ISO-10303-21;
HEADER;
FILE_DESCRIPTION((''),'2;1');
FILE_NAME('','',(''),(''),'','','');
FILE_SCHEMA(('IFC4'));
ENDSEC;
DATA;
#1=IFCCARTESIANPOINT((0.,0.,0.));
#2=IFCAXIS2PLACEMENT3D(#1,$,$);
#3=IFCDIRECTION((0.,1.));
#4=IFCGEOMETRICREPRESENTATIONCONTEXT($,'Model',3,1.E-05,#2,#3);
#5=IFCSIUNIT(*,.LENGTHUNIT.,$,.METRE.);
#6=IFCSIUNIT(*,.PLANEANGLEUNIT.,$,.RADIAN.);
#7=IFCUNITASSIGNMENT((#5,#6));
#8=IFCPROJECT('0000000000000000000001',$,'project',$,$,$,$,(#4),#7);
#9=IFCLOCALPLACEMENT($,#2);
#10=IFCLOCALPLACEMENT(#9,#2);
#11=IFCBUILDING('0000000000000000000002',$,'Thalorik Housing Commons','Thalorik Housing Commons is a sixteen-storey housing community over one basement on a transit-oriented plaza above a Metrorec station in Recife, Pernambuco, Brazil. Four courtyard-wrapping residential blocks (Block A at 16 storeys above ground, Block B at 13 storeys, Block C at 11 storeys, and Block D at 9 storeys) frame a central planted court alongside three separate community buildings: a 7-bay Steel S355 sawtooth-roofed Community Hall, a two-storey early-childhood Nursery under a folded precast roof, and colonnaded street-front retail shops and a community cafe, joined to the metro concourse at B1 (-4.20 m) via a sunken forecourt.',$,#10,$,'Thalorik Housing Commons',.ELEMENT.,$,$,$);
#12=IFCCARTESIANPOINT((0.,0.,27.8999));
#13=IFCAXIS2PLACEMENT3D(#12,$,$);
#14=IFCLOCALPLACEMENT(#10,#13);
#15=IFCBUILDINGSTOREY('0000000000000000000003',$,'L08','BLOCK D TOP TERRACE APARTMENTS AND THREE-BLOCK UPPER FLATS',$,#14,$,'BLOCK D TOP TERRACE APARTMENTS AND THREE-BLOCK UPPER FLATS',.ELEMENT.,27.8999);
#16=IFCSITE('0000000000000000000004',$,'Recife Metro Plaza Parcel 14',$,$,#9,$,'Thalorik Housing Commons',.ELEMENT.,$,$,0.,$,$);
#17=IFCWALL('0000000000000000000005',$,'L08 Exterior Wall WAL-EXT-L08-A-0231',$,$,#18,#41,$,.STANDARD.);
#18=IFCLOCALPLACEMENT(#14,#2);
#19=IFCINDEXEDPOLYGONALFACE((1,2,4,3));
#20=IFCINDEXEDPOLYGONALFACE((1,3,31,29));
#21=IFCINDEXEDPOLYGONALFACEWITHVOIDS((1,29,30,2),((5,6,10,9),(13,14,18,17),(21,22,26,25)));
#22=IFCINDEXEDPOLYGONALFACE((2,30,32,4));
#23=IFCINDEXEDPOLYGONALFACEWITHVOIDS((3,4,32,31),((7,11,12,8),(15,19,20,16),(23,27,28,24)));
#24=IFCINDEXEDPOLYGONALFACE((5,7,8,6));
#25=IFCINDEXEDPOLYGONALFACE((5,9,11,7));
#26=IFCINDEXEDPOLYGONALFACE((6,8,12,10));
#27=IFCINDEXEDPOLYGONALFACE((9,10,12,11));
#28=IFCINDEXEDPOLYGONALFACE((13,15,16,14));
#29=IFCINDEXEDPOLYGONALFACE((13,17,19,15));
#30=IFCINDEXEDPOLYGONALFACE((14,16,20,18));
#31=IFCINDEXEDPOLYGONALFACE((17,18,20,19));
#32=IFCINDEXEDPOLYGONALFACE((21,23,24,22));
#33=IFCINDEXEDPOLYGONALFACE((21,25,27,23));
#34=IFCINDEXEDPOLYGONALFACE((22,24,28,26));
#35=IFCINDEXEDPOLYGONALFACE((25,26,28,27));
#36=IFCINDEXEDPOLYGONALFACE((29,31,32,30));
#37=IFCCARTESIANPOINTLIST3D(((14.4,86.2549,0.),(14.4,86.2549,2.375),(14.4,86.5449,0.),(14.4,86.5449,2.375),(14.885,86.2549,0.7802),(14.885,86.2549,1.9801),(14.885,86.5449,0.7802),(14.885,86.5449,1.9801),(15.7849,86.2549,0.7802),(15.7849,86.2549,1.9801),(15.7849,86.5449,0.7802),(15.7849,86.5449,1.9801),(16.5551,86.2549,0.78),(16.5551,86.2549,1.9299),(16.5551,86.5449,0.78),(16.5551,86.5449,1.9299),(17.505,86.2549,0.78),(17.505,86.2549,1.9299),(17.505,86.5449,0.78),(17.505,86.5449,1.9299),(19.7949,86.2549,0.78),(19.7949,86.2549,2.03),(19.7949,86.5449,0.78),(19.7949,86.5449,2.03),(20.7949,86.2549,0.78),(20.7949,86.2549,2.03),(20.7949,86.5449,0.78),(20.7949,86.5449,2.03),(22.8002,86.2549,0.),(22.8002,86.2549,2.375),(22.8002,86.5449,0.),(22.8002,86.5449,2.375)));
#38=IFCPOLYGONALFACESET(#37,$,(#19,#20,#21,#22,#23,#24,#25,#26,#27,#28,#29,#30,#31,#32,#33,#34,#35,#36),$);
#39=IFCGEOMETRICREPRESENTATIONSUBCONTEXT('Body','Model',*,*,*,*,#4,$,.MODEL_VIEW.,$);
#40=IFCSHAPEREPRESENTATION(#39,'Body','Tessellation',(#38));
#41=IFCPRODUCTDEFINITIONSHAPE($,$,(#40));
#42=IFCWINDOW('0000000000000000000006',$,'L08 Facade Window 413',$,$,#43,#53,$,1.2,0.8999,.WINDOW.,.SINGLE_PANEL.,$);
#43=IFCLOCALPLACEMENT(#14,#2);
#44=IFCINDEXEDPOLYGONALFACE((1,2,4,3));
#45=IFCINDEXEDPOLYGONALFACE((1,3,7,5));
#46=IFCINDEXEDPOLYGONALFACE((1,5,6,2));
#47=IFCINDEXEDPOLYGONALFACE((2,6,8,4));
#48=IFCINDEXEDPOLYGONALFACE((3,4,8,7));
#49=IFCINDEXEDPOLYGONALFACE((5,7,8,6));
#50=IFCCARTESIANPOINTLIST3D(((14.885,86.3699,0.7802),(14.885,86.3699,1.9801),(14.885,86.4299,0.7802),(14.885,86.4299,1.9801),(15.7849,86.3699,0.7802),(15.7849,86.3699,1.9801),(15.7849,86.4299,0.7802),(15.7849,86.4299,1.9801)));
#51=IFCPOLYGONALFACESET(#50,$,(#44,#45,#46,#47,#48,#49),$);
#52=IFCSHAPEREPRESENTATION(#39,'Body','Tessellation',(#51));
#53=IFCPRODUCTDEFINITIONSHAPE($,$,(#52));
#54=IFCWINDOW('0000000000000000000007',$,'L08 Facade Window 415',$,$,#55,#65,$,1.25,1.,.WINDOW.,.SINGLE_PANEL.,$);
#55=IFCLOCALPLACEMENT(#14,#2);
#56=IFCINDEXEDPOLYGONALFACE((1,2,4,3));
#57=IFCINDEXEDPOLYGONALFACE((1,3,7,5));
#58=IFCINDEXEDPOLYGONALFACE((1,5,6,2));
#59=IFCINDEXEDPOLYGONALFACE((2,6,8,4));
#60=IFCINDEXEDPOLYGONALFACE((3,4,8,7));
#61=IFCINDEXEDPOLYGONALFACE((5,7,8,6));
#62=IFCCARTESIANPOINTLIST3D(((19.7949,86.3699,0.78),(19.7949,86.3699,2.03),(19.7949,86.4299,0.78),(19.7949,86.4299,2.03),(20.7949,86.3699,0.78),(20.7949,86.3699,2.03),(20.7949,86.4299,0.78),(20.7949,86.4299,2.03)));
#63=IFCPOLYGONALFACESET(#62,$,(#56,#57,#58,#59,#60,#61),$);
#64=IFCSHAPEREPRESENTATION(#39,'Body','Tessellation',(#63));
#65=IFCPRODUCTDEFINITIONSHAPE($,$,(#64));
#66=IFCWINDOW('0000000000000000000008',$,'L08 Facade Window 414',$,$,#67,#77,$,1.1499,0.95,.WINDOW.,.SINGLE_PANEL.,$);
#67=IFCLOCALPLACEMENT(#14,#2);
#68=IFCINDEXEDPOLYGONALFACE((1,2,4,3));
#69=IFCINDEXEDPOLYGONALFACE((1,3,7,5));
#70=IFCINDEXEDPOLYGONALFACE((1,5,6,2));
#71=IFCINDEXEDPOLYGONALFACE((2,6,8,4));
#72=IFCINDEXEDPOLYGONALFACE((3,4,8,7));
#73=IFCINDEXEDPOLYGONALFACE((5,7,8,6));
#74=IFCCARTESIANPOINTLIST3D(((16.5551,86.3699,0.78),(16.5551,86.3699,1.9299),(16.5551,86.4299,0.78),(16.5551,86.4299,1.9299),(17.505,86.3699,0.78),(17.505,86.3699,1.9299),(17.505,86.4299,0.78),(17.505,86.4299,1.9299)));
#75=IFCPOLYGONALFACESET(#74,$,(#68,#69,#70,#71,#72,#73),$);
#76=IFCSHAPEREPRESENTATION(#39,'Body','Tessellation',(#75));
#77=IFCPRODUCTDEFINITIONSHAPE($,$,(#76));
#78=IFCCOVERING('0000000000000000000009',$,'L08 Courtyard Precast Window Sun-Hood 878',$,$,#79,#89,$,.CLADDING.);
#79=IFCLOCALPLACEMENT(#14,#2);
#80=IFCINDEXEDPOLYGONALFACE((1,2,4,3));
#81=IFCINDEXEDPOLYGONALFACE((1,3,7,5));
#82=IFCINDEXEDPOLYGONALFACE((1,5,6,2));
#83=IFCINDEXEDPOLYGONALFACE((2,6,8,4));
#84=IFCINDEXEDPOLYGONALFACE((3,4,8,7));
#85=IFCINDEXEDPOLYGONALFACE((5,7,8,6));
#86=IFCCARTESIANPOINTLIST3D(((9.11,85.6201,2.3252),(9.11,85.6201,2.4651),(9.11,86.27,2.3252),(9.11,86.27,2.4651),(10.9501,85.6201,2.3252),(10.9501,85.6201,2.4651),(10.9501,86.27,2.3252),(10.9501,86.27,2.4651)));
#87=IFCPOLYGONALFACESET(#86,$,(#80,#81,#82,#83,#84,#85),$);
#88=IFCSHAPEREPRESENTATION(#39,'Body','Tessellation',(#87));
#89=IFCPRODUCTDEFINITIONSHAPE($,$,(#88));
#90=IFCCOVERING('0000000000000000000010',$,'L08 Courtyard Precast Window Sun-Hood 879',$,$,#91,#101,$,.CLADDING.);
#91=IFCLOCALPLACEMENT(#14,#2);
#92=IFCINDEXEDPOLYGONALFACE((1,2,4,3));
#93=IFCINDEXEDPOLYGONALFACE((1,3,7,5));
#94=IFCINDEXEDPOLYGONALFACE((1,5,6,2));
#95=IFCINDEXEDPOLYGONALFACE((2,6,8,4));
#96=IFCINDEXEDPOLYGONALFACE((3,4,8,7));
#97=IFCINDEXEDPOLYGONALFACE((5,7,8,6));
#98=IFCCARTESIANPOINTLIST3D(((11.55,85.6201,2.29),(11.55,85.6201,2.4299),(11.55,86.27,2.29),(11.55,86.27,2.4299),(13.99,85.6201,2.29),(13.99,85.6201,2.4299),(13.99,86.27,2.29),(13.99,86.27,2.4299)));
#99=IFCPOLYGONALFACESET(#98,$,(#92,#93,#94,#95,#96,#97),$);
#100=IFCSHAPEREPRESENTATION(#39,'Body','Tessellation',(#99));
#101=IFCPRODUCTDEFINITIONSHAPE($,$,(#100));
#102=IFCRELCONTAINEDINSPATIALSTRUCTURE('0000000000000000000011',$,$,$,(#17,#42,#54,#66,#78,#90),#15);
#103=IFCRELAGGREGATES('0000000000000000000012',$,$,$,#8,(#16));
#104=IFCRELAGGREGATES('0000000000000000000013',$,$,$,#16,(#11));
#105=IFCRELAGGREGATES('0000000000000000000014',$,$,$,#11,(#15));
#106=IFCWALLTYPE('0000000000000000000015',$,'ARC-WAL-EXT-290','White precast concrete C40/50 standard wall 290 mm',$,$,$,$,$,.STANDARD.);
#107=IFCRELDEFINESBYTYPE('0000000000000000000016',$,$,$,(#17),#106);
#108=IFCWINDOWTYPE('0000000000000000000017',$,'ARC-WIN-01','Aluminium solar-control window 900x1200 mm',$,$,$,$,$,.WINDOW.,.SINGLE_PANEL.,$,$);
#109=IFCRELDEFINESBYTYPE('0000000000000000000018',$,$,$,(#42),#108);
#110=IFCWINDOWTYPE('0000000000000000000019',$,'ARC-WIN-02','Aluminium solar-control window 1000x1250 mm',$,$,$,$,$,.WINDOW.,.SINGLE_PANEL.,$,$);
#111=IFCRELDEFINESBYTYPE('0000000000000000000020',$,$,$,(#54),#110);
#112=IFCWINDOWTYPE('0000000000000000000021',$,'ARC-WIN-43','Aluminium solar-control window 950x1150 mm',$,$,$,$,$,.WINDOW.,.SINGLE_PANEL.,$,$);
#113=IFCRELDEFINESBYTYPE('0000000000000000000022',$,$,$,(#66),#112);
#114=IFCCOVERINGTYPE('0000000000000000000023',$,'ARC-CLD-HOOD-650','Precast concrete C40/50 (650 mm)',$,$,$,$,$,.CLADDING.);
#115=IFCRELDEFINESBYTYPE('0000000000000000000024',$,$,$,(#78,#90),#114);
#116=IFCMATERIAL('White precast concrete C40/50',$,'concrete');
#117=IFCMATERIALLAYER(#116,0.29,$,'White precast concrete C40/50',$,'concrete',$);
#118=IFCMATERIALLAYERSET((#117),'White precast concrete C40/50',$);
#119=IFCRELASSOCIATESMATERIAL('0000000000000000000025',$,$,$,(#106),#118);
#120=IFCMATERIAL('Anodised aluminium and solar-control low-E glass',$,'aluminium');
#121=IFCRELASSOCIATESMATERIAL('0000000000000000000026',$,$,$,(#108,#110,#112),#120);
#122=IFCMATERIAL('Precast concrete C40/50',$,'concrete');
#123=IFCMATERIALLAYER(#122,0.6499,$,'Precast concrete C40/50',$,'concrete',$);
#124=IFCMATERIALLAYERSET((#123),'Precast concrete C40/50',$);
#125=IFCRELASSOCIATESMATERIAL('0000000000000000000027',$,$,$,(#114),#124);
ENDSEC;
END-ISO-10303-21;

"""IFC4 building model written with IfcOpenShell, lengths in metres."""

from ifc_helpers import new_model, si_unit, direction, frame, frame_2d, origin, origin_2d, place, context, subcontext, project, spatial, rectangle, extrude, material, layer, layer_set, type_object, element, fill, save


model = new_model("IFC4")

# Units and contexts
model_context = context("Model", 3, precision=1e-05, world=origin(), true_north=direction((0.0, 1.0)))
body_context = subcontext(model_context, "Body", "Model", "MODEL_VIEW")
ifc_project = project(units=[si_unit("LENGTHUNIT", "METRE"), si_unit("PLANEANGLEUNIT", "RADIAN")], contexts=[model_context])

# Site, building, storey
site_placement = place(None, origin())
site = spatial("IfcSite", under=ifc_project, at=site_placement, Name="Recife Metro Plaza Parcel 14", LongName="Thalorik Housing Commons", CompositionType="ELEMENT", RefElevation=0.0)
building_placement = place(site_placement, origin())
building = spatial("IfcBuilding", under=site, at=building_placement, Name="Thalorik Housing Commons", Description="Thalorik Housing Commons is a sixteen-storey housing community over one basement on a transit-oriented plaza above a Metrorec station in Recife, Pernambuco, Brazil. Four courtyard-wrapping residential blocks (Block A at 16 storeys above ground, Block B at 13 storeys, Block C at 11 storeys, and Block D at 9 storeys) frame a central planted court alongside three separate community buildings: a 7-bay Steel S355 sawtooth-roofed Community Hall, a two-storey early-childhood Nursery under a folded precast roof, and colonnaded street-front retail shops and a community cafe, joined to the metro concourse at B1 (-4.20 m) via a sunken forecourt.", LongName="Thalorik Housing Commons", CompositionType="ELEMENT")
storey_placement = place(building_placement, frame((0.0, 0.0, 27.8999)))
storey = spatial("IfcBuildingStorey", under=building, at=storey_placement, Name="L08", Description="BLOCK D TOP TERRACE APARTMENTS AND THREE-BLOCK UPPER FLATS", LongName="BLOCK D TOP TERRACE APARTMENTS AND THREE-BLOCK UPPER FLATS", CompositionType="ELEMENT", Elevation=27.8999)

# Shared definitions
ifc_material_1 = material(Name="Precast concrete C40/50", Category="concrete")

# Wall, openings, windows
ifc_material_2 = material(Name="White precast concrete C40/50", Category="concrete")
ifc_layer_1 = layer(ifc_material_2, 0.29, Name="White precast concrete C40/50", Category="concrete")
ifc_layer_set_1 = layer_set([ifc_layer_1], Name="White precast concrete C40/50")
wall_type = type_object("IfcWallType", Name="ARC-WAL-EXT-290", Description="White precast concrete C40/50 standard wall 290 mm", PredefinedType="STANDARD", material=ifc_layer_set_1)
ifc_material_3 = material(Name="Anodised aluminium and solar-control low-E glass", Category="aluminium")
wall_1_placement = place(storey_placement, frame((14.3999, 86.3999, 0.0), z_axis=(0.0, 0.0, 1.0), x_axis=(1.0, 0.0, 0.0)))
wall_1 = element("IfcWall", 1, at=wall_1_placement, inside=storey, type_object=wall_type, Name="L08 Exterior Wall WAL-EXT-L08-A-0231", PredefinedType="STANDARD", context=body_context, shape_type="SweptSolid", body=[
    extrude(rectangle(XDim=8.4001, YDim=0.29, at=frame_2d((4.2002, 0.0))), origin(), (0.0, 0.0, 1.0), 2.375),
])
opening_1_placement = place(wall_1_placement, frame((0.4851, 0.0, 0.78)))
opening_1 = element("IfcOpeningElement", 2, at=opening_1_placement, cuts=wall_1, PredefinedType="OPENING", context=body_context, shape_type="SweptSolid", body=[
    extrude(rectangle(XDim=0.8999, YDim=1.2, at=frame_2d((0.45, 0.6001))), frame((0.0, 0.155, 0.0), z_axis=(0.0, -1.0, 0.0), x_axis=(1.0, 0.0, 0.0)), (0.0, 0.0, 1.0), 0.3101),
])
opening_2_placement = place(wall_1_placement, frame((2.155, 0.0, 0.78)))
opening_2 = element("IfcOpeningElement", 3, at=opening_2_placement, cuts=wall_1, PredefinedType="OPENING", context=body_context, shape_type="SweptSolid", body=[
    extrude(rectangle(XDim=0.95, YDim=1.1499, at=frame_2d((0.4751, 0.575))), frame((0.0, 0.155, 0.0), z_axis=(0.0, -1.0, 0.0), x_axis=(1.0, 0.0, 0.0)), (0.0, 0.0, 1.0), 0.3101),
])
opening_3_placement = place(wall_1_placement, frame((5.395, 0.0, 0.78)))
opening_3 = element("IfcOpeningElement", 4, at=opening_3_placement, cuts=wall_1, PredefinedType="OPENING", context=body_context, shape_type="SweptSolid", body=[
    extrude(rectangle(XDim=1.0, YDim=1.25, at=frame_2d((0.5, 0.625))), frame((0.0, 0.155, 0.0), z_axis=(0.0, -1.0, 0.0), x_axis=(1.0, 0.0, 0.0)), (0.0, 0.0, 1.0), 0.3101),
])
window_type_1 = type_object("IfcWindowType", Name="ARC-WIN-01", Description="Aluminium solar-control window 900x1200 mm", PartitioningType="SINGLE_PANEL", PredefinedType="WINDOW", material=ifc_material_3)
window_1_placement = place(opening_1_placement, origin())
window_1 = element("IfcWindow", 5, at=window_1_placement, inside=storey, type_object=window_type_1, Name="L08 Facade Window 413", OverallHeight=1.2, OverallWidth=0.8999, PartitioningType="SINGLE_PANEL", PredefinedType="WINDOW", context=body_context, shape_type="SweptSolid", body=[
    extrude(rectangle(XDim=0.8999, YDim=1.2, at=frame_2d((0.45, 0.6001))), frame((0.0, 0.03, 0.0), z_axis=(0.0, -1.0, 0.0), x_axis=(1.0, 0.0, 0.0)), (0.0, 0.0, 1.0), 0.0601),
])
fill(opening_1, window_1)
window_type_2 = type_object("IfcWindowType", Name="ARC-WIN-02", Description="Aluminium solar-control window 1000x1250 mm", PartitioningType="SINGLE_PANEL", PredefinedType="WINDOW", material=ifc_material_3)
window_2_placement = place(opening_3_placement, origin())
window_2 = element("IfcWindow", 6, at=window_2_placement, inside=storey, type_object=window_type_2, Name="L08 Facade Window 415", OverallHeight=1.25, OverallWidth=1.0, PartitioningType="SINGLE_PANEL", PredefinedType="WINDOW", context=body_context, shape_type="SweptSolid", body=[
    extrude(rectangle(XDim=1.0, YDim=1.25, at=frame_2d((0.5, 0.625))), frame((0.0, 0.03, 0.0), z_axis=(0.0, -1.0, 0.0), x_axis=(1.0, 0.0, 0.0)), (0.0, 0.0, 1.0), 0.0601),
])
fill(opening_3, window_2)
window_type_3 = type_object("IfcWindowType", Name="ARC-WIN-43", Description="Aluminium solar-control window 950x1150 mm", PartitioningType="SINGLE_PANEL", PredefinedType="WINDOW", material=ifc_material_3)
window_3_placement = place(opening_2_placement, origin())
window_3 = element("IfcWindow", 7, at=window_3_placement, inside=storey, type_object=window_type_3, Name="L08 Facade Window 414", OverallHeight=1.1499, OverallWidth=0.95, PartitioningType="SINGLE_PANEL", PredefinedType="WINDOW", context=body_context, shape_type="SweptSolid", body=[
    extrude(rectangle(XDim=0.95, YDim=1.1499, at=frame_2d((0.4751, 0.575))), frame((0.0, 0.03, 0.0), z_axis=(0.0, -1.0, 0.0), x_axis=(1.0, 0.0, 0.0)), (0.0, 0.0, 1.0), 0.0601),
])
fill(opening_2, window_3)

# Coverings
ifc_layer_2 = layer(ifc_material_1, 0.6499, Name="Precast concrete C40/50", Category="concrete")
ifc_layer_set_2 = layer_set([ifc_layer_2], Name="Precast concrete C40/50")
covering_type_1 = type_object("IfcCoveringType", Name="ARC-CLD-HOOD-650", Description="Precast concrete C40/50 (650 mm)", PredefinedType="CLADDING", material=ifc_layer_set_2)
covering_1_placement = place(storey_placement, frame((10.03, 85.9451, 2.3252), z_axis=(0.0, 0.0, 1.0), x_axis=(1.0, 0.0, 0.0)))
element("IfcCovering", 8, at=covering_1_placement, inside=storey, type_object=covering_type_1, Name="L08 Courtyard Precast Window Sun-Hood 878", PredefinedType="CLADDING", context=body_context, shape_type="SweptSolid", body=[
    extrude(rectangle(XDim=1.8401, YDim=0.6499, at=origin_2d()), origin(), (0.0, 0.0, 1.0), 0.1399),
])
covering_2_placement = place(storey_placement, frame((12.77, 85.9451, 2.29), z_axis=(0.0, 0.0, 1.0), x_axis=(1.0, 0.0, 0.0)))
element("IfcCovering", 9, at=covering_2_placement, inside=storey, type_object=covering_type_1, Name="L08 Courtyard Precast Window Sun-Hood 879", PredefinedType="CLADDING", context=body_context, shape_type="SweptSolid", body=[
    extrude(rectangle(XDim=2.4399, YDim=0.6499, at=origin_2d()), origin(), (0.0, 0.0, 1.0), 0.1399),
])

save(model, "model.ifc")
